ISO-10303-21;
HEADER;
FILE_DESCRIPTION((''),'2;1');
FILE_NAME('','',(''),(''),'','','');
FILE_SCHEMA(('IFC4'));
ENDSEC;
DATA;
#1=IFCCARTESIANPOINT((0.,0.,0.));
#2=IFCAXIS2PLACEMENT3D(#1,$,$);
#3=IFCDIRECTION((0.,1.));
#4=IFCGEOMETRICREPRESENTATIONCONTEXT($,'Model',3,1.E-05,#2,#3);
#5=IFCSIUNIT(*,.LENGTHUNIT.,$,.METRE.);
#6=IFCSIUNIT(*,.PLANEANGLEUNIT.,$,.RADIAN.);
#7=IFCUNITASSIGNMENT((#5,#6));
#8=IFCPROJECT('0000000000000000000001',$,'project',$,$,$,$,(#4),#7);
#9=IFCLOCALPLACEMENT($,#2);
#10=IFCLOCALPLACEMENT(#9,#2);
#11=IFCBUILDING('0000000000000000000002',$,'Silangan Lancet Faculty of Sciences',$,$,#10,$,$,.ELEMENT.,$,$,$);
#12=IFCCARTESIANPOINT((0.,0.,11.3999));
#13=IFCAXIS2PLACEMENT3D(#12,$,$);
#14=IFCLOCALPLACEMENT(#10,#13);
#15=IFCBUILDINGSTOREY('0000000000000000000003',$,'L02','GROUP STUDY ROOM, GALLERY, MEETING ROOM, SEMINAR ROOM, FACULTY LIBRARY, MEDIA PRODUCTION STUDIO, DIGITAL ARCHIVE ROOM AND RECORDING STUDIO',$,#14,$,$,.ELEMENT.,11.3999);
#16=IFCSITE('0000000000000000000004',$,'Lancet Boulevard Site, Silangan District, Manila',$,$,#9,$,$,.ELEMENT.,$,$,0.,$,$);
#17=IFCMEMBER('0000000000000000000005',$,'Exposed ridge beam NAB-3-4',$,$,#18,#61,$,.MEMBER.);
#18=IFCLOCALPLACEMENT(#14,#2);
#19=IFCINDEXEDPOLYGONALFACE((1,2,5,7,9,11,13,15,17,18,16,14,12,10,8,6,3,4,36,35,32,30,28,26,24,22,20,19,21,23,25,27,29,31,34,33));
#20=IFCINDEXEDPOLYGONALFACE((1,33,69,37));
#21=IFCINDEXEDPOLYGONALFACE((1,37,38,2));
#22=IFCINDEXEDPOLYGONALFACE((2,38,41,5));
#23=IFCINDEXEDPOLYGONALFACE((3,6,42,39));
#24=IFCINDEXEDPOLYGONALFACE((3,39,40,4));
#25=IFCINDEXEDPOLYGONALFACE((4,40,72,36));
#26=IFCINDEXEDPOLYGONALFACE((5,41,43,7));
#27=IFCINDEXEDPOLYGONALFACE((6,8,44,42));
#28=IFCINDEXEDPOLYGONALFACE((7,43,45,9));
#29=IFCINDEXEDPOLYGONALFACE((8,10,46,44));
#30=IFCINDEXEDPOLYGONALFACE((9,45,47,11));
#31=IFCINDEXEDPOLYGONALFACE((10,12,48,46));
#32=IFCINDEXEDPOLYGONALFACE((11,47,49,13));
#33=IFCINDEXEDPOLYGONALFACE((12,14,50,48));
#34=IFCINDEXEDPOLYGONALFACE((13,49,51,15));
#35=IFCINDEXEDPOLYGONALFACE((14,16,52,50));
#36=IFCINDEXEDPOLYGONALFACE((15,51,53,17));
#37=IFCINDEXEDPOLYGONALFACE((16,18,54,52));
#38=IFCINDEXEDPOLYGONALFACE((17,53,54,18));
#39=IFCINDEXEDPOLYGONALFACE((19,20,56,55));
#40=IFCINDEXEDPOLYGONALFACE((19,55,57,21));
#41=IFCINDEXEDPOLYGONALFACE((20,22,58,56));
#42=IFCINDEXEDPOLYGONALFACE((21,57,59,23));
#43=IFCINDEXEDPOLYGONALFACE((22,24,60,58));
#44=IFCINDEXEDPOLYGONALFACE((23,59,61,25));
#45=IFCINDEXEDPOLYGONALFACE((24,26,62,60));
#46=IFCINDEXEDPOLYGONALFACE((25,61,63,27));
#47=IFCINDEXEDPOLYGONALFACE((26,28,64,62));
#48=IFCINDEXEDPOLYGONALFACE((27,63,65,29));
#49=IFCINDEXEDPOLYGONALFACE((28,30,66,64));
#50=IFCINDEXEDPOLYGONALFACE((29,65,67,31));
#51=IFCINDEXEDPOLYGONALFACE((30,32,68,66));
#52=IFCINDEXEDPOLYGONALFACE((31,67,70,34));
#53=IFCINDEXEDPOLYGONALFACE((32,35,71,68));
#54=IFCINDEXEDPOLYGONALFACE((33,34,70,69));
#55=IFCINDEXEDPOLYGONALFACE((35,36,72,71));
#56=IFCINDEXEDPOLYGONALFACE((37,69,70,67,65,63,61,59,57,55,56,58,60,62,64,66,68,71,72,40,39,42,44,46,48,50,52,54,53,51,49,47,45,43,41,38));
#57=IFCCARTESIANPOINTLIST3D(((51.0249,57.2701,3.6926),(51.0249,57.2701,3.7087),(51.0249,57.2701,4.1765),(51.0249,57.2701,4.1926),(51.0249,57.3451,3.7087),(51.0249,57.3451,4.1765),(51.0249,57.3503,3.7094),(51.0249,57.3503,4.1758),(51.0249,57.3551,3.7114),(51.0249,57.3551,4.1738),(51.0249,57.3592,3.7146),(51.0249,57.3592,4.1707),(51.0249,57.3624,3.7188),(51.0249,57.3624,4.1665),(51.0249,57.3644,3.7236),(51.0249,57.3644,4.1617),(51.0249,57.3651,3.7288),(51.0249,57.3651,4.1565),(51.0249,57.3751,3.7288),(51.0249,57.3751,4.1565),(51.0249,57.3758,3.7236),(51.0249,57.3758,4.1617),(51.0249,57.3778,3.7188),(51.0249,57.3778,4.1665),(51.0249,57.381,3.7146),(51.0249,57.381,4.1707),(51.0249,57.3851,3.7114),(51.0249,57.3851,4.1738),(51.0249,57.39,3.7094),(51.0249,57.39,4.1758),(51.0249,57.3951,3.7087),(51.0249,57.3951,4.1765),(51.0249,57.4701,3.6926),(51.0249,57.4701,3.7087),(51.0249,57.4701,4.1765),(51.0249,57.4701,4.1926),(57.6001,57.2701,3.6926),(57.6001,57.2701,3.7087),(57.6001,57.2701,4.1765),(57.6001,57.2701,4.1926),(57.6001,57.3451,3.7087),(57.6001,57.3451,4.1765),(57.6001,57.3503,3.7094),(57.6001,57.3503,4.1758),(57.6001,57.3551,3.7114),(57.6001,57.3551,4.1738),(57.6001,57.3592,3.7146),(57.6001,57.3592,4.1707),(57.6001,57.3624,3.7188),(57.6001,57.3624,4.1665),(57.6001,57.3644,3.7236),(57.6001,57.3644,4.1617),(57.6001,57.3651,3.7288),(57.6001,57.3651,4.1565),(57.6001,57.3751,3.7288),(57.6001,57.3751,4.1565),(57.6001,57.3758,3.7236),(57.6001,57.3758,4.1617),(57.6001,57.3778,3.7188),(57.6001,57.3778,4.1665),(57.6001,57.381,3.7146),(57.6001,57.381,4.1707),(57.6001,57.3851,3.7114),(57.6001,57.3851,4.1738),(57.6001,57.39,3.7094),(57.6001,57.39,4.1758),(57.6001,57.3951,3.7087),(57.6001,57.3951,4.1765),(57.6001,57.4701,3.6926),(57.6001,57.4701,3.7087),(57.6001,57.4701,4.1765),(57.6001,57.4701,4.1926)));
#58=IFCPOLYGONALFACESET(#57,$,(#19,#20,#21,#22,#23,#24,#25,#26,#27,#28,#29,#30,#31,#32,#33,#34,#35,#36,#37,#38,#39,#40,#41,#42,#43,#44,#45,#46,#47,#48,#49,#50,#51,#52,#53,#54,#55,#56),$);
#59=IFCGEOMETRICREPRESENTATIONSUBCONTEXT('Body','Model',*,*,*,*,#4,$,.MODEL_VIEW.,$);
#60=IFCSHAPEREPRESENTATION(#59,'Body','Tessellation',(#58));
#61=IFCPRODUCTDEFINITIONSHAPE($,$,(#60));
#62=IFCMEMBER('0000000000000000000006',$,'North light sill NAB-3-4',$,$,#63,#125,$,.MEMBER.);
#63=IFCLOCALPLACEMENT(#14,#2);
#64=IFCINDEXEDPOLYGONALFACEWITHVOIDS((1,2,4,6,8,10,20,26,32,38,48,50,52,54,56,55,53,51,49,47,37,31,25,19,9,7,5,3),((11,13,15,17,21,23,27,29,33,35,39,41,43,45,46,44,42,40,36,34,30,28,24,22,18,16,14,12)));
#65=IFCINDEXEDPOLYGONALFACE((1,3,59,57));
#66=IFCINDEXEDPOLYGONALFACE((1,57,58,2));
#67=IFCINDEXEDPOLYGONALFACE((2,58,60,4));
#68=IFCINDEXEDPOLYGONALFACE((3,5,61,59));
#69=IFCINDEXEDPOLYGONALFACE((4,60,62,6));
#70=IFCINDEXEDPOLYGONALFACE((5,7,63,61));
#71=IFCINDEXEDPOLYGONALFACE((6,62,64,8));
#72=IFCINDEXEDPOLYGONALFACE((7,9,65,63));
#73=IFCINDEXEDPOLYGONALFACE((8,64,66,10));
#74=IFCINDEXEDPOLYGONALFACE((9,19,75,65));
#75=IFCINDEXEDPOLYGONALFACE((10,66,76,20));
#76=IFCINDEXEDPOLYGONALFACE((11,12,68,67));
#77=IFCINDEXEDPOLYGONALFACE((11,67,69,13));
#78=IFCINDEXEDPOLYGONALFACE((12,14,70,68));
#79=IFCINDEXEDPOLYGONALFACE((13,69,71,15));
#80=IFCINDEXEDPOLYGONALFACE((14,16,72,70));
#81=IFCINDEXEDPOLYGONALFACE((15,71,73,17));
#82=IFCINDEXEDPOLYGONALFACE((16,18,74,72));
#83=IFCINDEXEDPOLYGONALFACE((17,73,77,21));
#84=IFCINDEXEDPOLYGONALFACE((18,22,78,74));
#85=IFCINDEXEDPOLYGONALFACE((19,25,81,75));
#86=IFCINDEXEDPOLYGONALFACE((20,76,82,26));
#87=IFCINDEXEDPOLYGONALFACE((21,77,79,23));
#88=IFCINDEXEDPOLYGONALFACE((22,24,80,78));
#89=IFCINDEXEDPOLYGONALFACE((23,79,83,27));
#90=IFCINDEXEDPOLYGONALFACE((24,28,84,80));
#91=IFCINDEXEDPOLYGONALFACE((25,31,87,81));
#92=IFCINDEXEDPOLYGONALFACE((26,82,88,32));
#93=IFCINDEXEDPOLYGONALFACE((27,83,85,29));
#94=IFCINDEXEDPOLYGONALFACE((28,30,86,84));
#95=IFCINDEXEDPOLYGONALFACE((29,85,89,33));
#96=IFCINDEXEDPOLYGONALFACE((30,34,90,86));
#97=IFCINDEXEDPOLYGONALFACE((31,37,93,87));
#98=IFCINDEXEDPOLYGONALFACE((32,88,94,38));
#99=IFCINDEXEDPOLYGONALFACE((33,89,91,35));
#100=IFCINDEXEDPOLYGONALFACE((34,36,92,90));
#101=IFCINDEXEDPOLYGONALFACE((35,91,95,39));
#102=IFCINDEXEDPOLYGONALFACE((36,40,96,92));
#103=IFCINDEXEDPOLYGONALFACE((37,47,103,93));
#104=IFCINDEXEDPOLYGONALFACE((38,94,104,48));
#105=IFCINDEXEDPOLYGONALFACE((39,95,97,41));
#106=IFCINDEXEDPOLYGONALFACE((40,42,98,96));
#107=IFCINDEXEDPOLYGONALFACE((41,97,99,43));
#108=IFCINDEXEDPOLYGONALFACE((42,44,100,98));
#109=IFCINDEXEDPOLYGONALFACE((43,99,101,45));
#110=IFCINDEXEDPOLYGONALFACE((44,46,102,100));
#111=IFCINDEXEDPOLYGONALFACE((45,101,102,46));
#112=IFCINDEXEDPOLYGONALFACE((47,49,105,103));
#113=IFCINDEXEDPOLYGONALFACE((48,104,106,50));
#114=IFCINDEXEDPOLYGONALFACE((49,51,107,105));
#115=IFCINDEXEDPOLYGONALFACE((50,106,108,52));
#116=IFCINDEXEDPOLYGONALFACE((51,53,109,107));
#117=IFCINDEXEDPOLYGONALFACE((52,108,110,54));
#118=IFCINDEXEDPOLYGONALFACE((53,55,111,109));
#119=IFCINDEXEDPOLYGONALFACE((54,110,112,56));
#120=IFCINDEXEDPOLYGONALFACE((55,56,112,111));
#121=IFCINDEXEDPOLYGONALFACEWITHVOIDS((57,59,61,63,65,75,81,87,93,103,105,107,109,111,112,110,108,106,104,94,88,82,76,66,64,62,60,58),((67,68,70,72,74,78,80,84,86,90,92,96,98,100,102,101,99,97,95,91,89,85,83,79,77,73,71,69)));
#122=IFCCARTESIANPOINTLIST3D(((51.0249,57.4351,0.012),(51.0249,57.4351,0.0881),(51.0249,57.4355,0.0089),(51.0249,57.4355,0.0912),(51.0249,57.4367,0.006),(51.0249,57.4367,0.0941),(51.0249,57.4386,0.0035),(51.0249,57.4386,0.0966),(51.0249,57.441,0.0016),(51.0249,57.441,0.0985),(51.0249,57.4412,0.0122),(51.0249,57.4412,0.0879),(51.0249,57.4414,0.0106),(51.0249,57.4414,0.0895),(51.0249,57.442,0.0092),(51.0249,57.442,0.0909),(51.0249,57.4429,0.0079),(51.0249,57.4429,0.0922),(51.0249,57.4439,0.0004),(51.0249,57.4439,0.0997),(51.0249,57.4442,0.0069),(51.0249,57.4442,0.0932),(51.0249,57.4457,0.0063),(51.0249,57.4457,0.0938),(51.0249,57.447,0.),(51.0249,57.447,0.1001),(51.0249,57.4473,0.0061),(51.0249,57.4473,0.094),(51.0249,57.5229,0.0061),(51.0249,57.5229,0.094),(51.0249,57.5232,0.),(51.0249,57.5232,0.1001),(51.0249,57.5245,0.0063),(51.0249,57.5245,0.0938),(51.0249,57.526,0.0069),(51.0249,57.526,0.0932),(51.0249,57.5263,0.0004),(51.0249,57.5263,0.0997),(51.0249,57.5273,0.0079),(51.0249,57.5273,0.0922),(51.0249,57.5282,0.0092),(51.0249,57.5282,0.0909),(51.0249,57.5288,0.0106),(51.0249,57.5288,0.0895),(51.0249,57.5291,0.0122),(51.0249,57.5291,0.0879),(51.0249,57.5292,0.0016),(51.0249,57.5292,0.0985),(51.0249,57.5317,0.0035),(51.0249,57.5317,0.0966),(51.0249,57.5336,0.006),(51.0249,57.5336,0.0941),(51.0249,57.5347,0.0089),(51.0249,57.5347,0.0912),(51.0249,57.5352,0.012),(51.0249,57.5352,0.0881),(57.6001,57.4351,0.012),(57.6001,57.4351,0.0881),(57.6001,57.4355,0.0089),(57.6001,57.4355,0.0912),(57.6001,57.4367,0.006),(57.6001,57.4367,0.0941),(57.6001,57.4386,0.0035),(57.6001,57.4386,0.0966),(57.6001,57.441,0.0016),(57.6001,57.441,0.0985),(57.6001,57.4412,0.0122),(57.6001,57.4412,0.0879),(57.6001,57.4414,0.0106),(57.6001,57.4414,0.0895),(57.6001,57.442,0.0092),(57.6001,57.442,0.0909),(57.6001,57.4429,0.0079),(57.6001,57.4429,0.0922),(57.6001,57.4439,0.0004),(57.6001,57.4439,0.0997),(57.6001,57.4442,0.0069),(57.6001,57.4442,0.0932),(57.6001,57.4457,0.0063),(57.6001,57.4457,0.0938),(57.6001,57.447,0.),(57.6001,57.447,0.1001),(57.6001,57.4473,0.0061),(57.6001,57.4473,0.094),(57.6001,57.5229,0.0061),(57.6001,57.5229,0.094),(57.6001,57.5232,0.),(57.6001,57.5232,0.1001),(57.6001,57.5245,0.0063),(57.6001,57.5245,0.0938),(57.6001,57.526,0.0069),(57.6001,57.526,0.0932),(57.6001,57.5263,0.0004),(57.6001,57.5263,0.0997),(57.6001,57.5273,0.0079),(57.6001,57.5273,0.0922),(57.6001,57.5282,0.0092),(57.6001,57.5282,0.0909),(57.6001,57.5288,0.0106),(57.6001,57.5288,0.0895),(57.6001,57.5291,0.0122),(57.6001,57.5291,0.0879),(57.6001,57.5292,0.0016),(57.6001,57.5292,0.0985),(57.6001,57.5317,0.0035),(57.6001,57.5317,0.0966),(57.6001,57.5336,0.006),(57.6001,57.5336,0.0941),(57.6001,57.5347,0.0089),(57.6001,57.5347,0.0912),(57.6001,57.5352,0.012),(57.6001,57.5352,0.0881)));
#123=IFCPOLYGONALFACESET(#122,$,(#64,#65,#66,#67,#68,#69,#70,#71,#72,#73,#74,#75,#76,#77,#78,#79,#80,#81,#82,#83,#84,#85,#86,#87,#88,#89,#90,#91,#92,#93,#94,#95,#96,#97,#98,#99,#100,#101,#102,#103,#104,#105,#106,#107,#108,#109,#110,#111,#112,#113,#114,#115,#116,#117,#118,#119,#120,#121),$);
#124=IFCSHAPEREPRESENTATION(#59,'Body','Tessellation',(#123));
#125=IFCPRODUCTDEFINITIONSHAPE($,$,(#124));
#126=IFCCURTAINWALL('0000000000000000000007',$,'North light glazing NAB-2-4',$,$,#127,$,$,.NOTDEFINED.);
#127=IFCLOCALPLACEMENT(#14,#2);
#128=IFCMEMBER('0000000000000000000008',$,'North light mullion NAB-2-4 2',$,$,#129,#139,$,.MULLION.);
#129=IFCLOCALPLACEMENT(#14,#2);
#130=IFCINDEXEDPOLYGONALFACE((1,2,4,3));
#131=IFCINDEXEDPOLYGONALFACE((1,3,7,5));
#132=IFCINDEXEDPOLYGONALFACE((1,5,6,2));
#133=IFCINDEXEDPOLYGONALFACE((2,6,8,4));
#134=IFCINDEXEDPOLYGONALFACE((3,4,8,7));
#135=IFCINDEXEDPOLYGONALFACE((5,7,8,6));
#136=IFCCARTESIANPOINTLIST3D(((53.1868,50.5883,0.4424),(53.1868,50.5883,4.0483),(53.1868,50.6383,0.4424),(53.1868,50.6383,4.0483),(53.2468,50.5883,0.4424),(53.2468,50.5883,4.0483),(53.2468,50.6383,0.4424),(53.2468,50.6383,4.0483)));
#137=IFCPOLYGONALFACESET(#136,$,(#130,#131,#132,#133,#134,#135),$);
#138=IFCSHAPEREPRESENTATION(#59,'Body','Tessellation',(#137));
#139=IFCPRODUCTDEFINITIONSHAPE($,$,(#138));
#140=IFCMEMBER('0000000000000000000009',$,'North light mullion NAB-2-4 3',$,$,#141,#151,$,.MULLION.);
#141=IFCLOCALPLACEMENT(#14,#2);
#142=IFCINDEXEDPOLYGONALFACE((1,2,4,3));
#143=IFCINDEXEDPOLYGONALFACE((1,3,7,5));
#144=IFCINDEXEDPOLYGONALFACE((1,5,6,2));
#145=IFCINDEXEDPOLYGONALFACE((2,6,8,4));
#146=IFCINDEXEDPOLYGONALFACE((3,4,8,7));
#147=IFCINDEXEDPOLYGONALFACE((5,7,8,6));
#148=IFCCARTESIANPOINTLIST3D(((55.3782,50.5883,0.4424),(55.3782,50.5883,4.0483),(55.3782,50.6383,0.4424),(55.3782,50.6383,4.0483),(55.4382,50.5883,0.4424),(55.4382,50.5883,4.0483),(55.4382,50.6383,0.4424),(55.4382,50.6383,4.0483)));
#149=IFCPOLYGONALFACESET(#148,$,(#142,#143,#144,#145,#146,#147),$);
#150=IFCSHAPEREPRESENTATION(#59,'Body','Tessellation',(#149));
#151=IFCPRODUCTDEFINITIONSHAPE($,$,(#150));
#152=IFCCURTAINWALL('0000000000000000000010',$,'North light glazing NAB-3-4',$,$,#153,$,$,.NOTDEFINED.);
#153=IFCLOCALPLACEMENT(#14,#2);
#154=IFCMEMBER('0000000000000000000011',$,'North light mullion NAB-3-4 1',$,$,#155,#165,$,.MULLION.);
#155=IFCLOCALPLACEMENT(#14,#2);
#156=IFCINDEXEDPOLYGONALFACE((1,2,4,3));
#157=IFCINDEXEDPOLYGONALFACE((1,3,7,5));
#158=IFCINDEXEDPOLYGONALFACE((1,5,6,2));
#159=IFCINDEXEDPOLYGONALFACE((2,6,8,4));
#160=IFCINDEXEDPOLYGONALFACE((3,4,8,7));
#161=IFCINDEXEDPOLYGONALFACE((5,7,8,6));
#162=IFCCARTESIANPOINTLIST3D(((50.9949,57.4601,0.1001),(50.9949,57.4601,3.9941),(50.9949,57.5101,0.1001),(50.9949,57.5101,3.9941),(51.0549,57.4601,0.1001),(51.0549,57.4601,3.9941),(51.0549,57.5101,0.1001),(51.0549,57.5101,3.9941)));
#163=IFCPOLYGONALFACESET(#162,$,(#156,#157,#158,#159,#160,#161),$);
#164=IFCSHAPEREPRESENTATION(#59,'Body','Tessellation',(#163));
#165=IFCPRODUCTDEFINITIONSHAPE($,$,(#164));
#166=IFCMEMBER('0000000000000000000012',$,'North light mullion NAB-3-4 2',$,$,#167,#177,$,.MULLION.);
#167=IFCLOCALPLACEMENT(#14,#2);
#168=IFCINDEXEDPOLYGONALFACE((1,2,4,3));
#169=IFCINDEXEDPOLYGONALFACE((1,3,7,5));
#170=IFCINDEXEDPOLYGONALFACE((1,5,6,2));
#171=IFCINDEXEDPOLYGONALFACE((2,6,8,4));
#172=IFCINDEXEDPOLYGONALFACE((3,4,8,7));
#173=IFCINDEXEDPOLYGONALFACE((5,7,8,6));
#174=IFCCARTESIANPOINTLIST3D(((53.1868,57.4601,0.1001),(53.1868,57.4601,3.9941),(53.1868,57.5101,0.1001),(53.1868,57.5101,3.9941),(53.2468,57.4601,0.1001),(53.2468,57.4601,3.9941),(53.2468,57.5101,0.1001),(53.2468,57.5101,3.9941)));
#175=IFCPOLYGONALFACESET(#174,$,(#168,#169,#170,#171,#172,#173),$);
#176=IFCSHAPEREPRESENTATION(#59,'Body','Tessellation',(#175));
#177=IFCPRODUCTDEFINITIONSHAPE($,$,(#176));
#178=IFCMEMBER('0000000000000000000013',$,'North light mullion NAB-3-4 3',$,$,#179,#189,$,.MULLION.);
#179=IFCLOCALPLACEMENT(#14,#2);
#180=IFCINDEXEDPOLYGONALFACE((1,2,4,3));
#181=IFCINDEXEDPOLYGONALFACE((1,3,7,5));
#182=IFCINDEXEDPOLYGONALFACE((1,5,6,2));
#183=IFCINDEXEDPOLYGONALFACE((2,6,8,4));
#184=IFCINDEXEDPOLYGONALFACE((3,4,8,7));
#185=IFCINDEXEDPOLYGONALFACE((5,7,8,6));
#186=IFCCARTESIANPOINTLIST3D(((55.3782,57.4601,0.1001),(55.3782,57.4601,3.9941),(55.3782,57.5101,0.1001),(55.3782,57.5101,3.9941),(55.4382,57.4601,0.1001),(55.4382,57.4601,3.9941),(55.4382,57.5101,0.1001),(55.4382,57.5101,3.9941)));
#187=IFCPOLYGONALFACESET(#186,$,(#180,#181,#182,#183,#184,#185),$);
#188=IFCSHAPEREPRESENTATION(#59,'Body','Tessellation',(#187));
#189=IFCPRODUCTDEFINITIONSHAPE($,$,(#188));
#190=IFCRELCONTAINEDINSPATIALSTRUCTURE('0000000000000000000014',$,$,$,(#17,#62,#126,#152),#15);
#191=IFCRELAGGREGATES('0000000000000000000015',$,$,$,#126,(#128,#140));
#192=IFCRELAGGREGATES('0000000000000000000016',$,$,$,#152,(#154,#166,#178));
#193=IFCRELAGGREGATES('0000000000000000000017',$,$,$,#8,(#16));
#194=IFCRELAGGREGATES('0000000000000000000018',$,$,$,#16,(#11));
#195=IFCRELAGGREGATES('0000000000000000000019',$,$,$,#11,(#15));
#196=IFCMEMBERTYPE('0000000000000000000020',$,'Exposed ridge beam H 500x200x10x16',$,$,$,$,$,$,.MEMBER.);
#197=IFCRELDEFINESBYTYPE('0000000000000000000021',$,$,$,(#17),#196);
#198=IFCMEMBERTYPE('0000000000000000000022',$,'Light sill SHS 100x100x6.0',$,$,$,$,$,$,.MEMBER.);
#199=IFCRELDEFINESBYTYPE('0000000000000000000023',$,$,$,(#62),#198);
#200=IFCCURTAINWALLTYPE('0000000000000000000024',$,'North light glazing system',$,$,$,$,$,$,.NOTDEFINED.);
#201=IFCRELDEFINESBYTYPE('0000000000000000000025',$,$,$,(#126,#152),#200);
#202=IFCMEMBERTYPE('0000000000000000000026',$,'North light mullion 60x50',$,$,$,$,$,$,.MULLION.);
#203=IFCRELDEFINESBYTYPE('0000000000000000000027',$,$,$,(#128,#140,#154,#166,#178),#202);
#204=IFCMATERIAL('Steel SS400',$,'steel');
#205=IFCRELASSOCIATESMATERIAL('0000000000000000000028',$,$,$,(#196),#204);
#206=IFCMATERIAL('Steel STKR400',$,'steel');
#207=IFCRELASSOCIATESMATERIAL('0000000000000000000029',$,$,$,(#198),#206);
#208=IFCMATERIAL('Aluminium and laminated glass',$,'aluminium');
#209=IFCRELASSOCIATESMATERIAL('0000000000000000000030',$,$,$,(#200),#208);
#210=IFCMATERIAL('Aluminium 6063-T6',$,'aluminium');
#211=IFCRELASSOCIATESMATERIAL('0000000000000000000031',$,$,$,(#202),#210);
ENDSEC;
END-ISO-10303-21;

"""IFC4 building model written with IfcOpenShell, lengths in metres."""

from ifc_helpers import new_model, si_unit, direction, frame, origin, origin_2d, place, context, subcontext, project, spatial, rectangle, hollow_rectangle, i_section, extrude, material, material_profile, profile_set, type_object, element, aggregate, save


model = new_model("IFC4")

# Units and contexts
model_context = context("Model", 3, precision=1e-05, world=origin(), true_north=direction((0.0, 1.0)))
body_context = subcontext(model_context, "Body", "Model", "MODEL_VIEW")
ifc_project = project(units=[si_unit("LENGTHUNIT", "METRE"), si_unit("PLANEANGLEUNIT", "RADIAN")], contexts=[model_context])

# Site, building, storey
site_placement = place(None, origin())
site = spatial("IfcSite", under=ifc_project, at=site_placement, Name="Lancet Boulevard Site, Silangan District, Manila", CompositionType="ELEMENT", RefElevation=0.0)
building_placement = place(site_placement, origin())
building = spatial("IfcBuilding", under=site, at=building_placement, Name="Silangan Lancet Faculty of Sciences", CompositionType="ELEMENT")
storey_placement = place(building_placement, frame((0.0, 0.0, 11.3999)))
storey = spatial("IfcBuildingStorey", under=building, at=storey_placement, Name="L02", Description="GROUP STUDY ROOM, GALLERY, MEETING ROOM, SEMINAR ROOM, FACULTY LIBRARY, MEDIA PRODUCTION STUDIO, DIGITAL ARCHIVE ROOM AND RECORDING STUDIO", CompositionType="ELEMENT", Elevation=11.3999)

# Members
ifc_material_1 = material(Name="Steel SS400", Category="steel")
ifc_material_profile_1 = material_profile(ifc_material_1, i_section(OverallWidth=0.2, OverallDepth=0.5, WebThickness=0.01, FlangeThickness=0.0161, FilletRadius=0.02, at=origin_2d()), Name="H 500x200x10x16")
ifc_profile_set_1 = profile_set([ifc_material_profile_1], Name="Steel SS400")
member_type_1 = type_object("IfcMemberType", Name="Exposed ridge beam H 500x200x10x16", PredefinedType="MEMBER", material=ifc_profile_set_1)
member_1_placement = place(storey_placement, frame((51.0249, 57.3701, 3.9426), z_axis=(1.0, 0.0, 0.0), x_axis=(0.0, 1.0, 0.0)))
element("IfcMember", 1, at=member_1_placement, inside=storey, type_object=member_type_1, Name="Exposed ridge beam NAB-3-4", PredefinedType="MEMBER", context=body_context, shape_type="SweptSolid", body=[
    extrude(i_section(OverallWidth=0.2, OverallDepth=0.5, WebThickness=0.01, FlangeThickness=0.0161, FilletRadius=0.02, at=origin_2d()), origin(), (0.0, 0.0, 1.0), 6.5752),
])
ifc_material_2 = material(Name="Steel STKR400", Category="steel")
ifc_material_profile_2 = material_profile(ifc_material_2, hollow_rectangle(XDim=0.1001, YDim=0.1001, WallThickness=0.0061, InnerFilletRadius=0.0061, OuterFilletRadius=0.012, at=origin_2d()), Name="SHS 100x100x6.0")
ifc_profile_set_2 = profile_set([ifc_material_profile_2], Name="Steel STKR400")
member_type_2 = type_object("IfcMemberType", Name="Light sill SHS 100x100x6.0", PredefinedType="MEMBER", material=ifc_profile_set_2)
member_2_placement = place(storey_placement, frame((51.0249, 57.4851, 0.05), z_axis=(1.0, 0.0, 0.0), x_axis=(0.0, 1.0, 0.0)))
element("IfcMember", 2, at=member_2_placement, inside=storey, type_object=member_type_2, Name="North light sill NAB-3-4", PredefinedType="MEMBER", context=body_context, shape_type="SweptSolid", body=[
    extrude(hollow_rectangle(XDim=0.1001, YDim=0.1001, WallThickness=0.0061, InnerFilletRadius=0.0061, OuterFilletRadius=0.012, at=origin_2d()), origin(), (0.0, 0.0, 1.0), 6.5752),
])

# Curtain walls, members
ifc_material_3 = material(Name="Aluminium and laminated glass", Category="aluminium")
curtain_wall_type = type_object("IfcCurtainWallType", Name="North light glazing system", PredefinedType="NOTDEFINED", material=ifc_material_3)
curtain_wall_1_placement = place(storey_placement, origin())
curtain_wall_1 = element("IfcCurtainWall", 3, at=curtain_wall_1_placement, inside=storey, type_object=curtain_wall_type, Name="North light glazing NAB-2-4", PredefinedType="NOTDEFINED")
ifc_material_4 = material(Name="Aluminium 6063-T6", Category="aluminium")
ifc_material_profile_3 = material_profile(ifc_material_4, rectangle(XDim=0.0601, YDim=0.05, at=origin_2d()), Name="AL 60x50")
ifc_profile_set_3 = profile_set([ifc_material_profile_3], Name="Aluminium 6063-T6")
member_type_3 = type_object("IfcMemberType", Name="North light mullion 60x50", PredefinedType="MULLION", material=ifc_profile_set_3)
member_3_placement = place(storey_placement, frame((53.2168, 50.6133, 0.4424), z_axis=(0.0, 0.0, 1.0), x_axis=(1.0, 0.0, 0.0)))
member_3 = element("IfcMember", 4, at=member_3_placement, type_object=member_type_3, Name="North light mullion NAB-2-4 2", PredefinedType="MULLION", context=body_context, shape_type="SweptSolid", body=[
    extrude(rectangle(XDim=0.0601, YDim=0.05, at=origin_2d()), origin(), (0.0, 0.0, 1.0), 3.606),
])
member_4_placement = place(storey_placement, frame((55.4082, 50.6133, 0.4424), z_axis=(0.0, 0.0, 1.0), x_axis=(1.0, 0.0, 0.0)))
member_4 = element("IfcMember", 5, at=member_4_placement, type_object=member_type_3, Name="North light mullion NAB-2-4 3", PredefinedType="MULLION", context=body_context, shape_type="SweptSolid", body=[
    extrude(rectangle(XDim=0.0601, YDim=0.05, at=origin_2d()), origin(), (0.0, 0.0, 1.0), 3.606),
])
curtain_wall_2_placement = place(storey_placement, origin())
curtain_wall_2 = element("IfcCurtainWall", 6, at=curtain_wall_2_placement, inside=storey, type_object=curtain_wall_type, Name="North light glazing NAB-3-4", PredefinedType="NOTDEFINED")
member_5_placement = place(storey_placement, frame((51.0249, 57.4851, 0.1001), z_axis=(0.0, 0.0, 1.0), x_axis=(1.0, 0.0, 0.0)))
member_5 = element("IfcMember", 7, at=member_5_placement, type_object=member_type_3, Name="North light mullion NAB-3-4 1", PredefinedType="MULLION", context=body_context, shape_type="SweptSolid", body=[
    extrude(rectangle(XDim=0.0601, YDim=0.05, at=origin_2d()), origin(), (0.0, 0.0, 1.0), 3.894),
])
member_6_placement = place(storey_placement, frame((53.2168, 57.4851, 0.1001), z_axis=(0.0, 0.0, 1.0), x_axis=(1.0, 0.0, 0.0)))
member_6 = element("IfcMember", 8, at=member_6_placement, type_object=member_type_3, Name="North light mullion NAB-3-4 2", PredefinedType="MULLION", context=body_context, shape_type="SweptSolid", body=[
    extrude(rectangle(XDim=0.0601, YDim=0.05, at=origin_2d()), origin(), (0.0, 0.0, 1.0), 3.894),
])
member_7_placement = place(storey_placement, frame((55.4082, 57.4851, 0.1001), z_axis=(0.0, 0.0, 1.0), x_axis=(1.0, 0.0, 0.0)))
member_7 = element("IfcMember", 9, at=member_7_placement, type_object=member_type_3, Name="North light mullion NAB-3-4 3", PredefinedType="MULLION", context=body_context, shape_type="SweptSolid", body=[
    extrude(rectangle(XDim=0.0601, YDim=0.05, at=origin_2d()), origin(), (0.0, 0.0, 1.0), 3.894),
])

aggregate(curtain_wall_1, [member_3, member_4])

aggregate(curtain_wall_2, [member_5, member_6, member_7])

save(model, "model.ifc")
